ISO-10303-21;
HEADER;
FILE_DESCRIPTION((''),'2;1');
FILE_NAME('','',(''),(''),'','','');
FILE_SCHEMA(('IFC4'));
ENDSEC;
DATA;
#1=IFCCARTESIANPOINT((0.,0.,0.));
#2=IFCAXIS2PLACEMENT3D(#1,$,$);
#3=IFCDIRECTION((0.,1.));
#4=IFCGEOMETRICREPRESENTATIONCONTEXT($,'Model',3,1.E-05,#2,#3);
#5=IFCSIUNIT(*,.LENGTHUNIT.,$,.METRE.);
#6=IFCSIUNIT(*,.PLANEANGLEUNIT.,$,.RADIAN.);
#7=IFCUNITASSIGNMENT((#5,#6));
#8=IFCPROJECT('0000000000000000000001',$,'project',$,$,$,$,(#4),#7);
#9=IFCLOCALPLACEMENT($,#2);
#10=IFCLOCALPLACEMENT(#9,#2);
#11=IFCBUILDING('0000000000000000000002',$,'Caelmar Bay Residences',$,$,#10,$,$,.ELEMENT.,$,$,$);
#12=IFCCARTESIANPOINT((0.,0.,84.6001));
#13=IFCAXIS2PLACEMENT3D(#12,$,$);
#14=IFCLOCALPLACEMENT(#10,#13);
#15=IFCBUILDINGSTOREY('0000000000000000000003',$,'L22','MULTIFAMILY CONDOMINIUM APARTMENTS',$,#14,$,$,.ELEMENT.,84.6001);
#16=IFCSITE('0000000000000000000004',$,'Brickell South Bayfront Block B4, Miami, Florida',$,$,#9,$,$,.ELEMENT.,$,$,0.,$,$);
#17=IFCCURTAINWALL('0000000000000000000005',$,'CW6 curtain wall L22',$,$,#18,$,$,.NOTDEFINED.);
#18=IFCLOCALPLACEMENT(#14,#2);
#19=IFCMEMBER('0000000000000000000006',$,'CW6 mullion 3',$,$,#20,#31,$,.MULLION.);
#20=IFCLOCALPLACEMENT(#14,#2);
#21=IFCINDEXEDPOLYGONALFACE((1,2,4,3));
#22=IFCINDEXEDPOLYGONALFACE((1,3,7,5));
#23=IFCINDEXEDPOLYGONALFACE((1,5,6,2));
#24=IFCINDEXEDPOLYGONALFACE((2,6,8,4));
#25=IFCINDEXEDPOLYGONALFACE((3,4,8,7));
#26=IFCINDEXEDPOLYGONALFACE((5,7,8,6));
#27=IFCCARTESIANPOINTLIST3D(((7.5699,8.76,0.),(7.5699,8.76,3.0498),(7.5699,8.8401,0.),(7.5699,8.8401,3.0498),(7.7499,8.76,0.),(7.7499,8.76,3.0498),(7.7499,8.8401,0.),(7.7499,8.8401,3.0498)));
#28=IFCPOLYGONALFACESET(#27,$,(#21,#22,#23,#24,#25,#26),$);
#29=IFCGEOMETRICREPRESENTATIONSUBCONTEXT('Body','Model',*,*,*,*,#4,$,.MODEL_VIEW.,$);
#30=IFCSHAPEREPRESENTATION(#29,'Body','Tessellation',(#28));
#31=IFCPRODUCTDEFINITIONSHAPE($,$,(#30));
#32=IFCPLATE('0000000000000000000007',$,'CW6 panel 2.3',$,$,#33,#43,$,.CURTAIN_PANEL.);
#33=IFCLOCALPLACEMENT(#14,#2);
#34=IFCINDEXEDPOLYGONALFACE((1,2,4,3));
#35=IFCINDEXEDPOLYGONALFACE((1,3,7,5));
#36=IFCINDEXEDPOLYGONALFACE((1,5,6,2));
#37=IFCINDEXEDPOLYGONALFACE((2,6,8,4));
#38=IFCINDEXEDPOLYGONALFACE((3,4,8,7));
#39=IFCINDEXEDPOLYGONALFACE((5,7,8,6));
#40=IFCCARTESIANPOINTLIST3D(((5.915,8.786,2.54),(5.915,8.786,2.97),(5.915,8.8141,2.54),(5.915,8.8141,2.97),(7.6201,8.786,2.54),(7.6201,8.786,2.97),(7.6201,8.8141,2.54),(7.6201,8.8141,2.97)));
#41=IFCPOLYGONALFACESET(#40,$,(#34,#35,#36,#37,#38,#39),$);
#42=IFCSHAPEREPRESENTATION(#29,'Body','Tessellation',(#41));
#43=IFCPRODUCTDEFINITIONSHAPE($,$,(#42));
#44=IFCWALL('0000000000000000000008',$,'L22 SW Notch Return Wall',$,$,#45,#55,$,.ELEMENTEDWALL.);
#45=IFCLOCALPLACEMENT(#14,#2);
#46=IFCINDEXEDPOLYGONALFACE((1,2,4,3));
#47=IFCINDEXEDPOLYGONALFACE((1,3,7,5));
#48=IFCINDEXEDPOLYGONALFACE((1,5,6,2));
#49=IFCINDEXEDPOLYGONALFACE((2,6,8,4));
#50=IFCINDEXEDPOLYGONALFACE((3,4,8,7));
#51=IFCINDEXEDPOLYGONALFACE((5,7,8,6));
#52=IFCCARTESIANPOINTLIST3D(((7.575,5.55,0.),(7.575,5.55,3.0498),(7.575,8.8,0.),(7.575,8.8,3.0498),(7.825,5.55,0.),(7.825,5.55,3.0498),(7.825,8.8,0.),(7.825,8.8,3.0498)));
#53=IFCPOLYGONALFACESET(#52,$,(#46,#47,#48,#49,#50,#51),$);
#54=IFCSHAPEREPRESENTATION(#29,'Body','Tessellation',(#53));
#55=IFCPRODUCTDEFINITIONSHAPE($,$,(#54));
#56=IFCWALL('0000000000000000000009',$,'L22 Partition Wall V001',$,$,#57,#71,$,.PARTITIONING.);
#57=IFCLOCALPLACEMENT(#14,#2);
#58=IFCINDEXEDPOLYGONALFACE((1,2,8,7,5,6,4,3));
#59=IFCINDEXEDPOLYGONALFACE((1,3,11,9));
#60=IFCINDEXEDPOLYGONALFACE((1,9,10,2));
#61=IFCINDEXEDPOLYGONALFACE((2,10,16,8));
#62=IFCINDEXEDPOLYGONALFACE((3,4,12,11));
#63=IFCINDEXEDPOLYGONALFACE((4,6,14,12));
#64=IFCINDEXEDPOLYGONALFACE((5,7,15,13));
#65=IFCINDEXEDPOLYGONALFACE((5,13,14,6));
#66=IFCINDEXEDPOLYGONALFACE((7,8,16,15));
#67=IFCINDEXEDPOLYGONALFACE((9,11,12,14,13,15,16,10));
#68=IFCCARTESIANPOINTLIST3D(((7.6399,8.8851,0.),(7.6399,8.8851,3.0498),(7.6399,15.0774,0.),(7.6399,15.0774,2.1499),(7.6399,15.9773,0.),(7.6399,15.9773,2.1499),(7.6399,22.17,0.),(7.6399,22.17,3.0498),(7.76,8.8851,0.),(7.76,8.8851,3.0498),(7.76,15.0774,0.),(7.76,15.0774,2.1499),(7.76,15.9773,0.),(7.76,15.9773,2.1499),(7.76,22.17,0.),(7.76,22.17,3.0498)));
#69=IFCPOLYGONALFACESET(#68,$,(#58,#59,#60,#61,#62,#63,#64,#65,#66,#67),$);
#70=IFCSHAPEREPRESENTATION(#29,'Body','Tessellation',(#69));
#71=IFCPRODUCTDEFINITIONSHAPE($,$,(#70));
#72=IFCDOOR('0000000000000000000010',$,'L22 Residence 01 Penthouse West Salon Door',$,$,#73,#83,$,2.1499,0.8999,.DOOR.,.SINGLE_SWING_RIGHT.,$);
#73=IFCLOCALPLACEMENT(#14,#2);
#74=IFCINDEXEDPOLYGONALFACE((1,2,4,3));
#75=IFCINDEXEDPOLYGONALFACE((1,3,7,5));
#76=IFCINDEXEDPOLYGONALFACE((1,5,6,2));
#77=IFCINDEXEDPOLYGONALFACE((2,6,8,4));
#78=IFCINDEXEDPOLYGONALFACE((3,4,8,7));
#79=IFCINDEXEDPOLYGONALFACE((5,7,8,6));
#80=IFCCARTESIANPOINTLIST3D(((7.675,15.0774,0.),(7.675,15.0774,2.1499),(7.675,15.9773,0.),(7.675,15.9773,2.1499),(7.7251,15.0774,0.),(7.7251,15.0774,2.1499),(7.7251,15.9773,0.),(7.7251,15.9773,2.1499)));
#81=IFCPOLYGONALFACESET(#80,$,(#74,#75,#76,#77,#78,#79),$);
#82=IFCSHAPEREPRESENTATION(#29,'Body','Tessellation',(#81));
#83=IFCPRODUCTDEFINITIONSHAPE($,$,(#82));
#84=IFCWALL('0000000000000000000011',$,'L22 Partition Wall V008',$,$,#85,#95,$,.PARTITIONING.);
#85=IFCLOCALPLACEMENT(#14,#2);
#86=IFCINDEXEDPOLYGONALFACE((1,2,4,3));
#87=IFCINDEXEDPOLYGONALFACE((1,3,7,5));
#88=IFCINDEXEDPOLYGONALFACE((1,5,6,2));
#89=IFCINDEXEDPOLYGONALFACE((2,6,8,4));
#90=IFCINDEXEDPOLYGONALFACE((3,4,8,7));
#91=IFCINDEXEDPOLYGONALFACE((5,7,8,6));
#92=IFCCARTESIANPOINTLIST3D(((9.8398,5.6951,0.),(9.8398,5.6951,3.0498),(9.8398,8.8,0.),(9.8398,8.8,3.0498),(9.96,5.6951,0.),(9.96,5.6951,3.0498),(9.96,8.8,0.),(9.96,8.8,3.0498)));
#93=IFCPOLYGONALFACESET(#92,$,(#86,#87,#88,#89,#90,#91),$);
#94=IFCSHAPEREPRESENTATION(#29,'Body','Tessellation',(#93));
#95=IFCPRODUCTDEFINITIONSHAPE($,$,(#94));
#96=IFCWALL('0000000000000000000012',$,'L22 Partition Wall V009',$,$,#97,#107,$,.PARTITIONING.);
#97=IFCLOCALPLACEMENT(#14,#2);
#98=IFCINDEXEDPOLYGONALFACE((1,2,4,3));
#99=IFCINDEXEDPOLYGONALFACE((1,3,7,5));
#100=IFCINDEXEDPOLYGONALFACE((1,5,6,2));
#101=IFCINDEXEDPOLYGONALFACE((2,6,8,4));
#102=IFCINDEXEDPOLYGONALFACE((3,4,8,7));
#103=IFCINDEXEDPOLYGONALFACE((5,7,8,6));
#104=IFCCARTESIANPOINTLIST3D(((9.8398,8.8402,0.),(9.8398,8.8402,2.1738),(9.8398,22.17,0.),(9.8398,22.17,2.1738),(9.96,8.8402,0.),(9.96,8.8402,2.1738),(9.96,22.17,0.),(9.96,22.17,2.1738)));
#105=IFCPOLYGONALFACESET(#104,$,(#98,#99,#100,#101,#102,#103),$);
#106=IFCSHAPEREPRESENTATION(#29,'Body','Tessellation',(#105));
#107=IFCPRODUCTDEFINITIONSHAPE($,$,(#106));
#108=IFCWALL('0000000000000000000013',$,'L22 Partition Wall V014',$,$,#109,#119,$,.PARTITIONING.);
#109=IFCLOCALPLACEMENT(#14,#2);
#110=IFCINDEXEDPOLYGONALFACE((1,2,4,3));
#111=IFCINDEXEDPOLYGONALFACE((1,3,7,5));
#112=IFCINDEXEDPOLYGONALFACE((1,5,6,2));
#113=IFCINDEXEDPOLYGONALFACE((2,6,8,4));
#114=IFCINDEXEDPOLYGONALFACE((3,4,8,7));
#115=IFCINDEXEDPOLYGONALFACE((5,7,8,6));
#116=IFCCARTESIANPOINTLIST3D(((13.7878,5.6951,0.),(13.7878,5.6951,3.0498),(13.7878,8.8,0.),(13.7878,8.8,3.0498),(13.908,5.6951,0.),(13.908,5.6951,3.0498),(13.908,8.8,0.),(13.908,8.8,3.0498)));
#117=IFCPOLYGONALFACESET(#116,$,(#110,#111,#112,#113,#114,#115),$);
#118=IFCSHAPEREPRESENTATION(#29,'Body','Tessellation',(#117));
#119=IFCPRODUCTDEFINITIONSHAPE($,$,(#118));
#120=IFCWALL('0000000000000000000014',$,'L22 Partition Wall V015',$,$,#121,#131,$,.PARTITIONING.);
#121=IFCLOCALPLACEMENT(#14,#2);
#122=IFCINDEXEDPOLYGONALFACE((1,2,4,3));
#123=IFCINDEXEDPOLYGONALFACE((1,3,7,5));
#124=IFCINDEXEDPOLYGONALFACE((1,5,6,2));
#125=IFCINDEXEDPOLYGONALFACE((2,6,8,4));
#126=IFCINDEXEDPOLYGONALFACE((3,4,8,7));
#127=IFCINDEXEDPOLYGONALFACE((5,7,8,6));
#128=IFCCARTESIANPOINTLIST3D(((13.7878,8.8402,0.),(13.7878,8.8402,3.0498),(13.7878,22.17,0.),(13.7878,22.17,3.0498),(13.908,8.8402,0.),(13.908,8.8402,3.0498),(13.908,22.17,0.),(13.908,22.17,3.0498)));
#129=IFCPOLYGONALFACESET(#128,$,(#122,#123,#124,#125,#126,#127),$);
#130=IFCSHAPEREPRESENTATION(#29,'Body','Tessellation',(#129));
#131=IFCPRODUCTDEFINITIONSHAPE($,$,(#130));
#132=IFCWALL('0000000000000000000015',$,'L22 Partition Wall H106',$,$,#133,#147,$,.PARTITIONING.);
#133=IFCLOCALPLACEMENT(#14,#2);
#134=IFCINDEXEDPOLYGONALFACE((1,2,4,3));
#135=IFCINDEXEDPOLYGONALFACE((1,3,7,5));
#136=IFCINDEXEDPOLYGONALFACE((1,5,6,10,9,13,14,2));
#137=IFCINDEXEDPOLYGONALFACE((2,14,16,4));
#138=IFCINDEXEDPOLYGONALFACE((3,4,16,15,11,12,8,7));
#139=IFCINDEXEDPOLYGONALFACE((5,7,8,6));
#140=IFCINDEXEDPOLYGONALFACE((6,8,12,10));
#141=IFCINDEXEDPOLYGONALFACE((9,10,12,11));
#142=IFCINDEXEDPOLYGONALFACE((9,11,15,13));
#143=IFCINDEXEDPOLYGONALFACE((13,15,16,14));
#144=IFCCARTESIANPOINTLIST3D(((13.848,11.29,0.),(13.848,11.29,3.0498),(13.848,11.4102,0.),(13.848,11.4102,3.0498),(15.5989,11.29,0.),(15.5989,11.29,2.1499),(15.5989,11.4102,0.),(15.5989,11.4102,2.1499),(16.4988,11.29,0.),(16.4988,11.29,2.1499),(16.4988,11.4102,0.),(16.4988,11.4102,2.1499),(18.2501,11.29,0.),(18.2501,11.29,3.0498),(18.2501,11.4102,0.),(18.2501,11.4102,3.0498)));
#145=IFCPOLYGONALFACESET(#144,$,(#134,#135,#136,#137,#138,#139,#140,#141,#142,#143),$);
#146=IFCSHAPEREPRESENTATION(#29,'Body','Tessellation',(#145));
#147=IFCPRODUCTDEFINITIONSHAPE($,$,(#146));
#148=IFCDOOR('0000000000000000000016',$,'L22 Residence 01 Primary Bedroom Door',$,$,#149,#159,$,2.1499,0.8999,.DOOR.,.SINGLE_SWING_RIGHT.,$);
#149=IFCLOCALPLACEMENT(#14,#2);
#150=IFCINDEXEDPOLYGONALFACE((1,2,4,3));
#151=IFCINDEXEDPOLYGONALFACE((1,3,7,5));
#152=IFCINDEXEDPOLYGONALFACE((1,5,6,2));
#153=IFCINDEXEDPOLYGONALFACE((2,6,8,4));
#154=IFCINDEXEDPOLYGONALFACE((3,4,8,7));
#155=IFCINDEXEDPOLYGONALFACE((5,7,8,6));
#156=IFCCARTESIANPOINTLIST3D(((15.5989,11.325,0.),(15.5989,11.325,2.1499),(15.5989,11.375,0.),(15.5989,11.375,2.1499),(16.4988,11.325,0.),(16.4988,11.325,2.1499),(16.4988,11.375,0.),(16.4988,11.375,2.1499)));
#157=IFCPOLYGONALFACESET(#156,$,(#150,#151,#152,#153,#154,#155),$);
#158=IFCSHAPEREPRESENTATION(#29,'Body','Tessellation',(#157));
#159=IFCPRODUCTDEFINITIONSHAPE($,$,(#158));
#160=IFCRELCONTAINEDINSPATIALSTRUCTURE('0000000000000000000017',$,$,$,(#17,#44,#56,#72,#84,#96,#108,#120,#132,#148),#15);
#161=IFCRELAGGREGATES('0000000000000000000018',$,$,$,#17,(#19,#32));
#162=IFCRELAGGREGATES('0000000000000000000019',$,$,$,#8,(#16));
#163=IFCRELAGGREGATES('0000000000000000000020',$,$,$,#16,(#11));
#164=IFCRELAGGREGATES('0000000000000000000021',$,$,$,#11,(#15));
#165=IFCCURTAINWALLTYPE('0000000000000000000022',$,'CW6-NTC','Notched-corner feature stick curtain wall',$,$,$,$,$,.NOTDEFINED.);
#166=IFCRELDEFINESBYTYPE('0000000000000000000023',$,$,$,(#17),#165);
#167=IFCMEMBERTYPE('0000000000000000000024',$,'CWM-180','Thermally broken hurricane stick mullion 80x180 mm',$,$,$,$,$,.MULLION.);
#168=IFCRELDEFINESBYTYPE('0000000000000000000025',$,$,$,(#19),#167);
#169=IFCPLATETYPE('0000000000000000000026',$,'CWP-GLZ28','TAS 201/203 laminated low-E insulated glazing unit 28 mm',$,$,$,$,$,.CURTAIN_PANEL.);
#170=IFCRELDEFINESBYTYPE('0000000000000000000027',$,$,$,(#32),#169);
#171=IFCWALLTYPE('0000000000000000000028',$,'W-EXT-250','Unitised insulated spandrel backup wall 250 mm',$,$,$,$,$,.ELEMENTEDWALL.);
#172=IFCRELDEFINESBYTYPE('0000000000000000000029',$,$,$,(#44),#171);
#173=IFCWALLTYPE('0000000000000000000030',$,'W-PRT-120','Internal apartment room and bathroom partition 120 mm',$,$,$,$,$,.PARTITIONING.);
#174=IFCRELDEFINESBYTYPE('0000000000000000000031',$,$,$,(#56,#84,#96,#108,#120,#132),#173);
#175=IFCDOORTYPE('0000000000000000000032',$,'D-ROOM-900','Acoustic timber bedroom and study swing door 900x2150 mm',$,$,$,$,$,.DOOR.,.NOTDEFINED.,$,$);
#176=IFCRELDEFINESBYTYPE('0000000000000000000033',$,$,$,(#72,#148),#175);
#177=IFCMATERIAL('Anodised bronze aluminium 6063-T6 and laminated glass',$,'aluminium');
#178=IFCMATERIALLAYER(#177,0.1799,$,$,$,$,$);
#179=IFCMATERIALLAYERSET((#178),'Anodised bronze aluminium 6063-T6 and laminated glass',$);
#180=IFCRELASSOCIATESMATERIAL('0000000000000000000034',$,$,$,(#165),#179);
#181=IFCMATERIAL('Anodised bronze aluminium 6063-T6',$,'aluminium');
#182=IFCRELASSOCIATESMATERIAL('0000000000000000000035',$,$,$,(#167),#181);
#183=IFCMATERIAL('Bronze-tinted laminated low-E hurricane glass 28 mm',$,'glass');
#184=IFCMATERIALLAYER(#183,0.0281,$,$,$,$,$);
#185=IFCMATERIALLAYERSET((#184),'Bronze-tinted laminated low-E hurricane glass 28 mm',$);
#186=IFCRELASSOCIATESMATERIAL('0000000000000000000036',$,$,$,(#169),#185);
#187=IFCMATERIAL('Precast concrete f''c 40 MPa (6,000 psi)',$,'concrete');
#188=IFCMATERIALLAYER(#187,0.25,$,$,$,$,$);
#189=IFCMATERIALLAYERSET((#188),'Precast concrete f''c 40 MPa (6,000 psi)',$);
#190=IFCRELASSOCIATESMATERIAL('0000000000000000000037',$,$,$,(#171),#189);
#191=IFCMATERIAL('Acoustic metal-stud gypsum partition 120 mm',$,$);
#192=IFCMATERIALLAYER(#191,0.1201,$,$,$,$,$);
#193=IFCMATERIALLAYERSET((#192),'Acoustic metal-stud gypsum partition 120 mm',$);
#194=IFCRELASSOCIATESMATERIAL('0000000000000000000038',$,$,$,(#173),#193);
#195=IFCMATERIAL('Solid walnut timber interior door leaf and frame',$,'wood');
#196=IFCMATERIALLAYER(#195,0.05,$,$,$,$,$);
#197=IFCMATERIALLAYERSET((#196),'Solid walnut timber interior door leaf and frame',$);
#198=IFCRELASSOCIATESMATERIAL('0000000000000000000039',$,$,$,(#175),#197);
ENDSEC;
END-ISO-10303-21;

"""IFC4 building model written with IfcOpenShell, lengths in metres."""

from ifc_helpers import new_model, si_unit, direction, frame, frame_2d, origin, origin_2d, place, context, subcontext, project, spatial, rectangle, extrude, material, layer, layer_set, material_profile, profile_set, type_object, element, fill, aggregate, save


model = new_model("IFC4")

# Units and contexts
model_context = context("Model", 3, precision=1e-05, world=origin(), true_north=direction((0.0, 1.0)))
body_context = subcontext(model_context, "Body", "Model", "MODEL_VIEW")
ifc_project = project(units=[si_unit("LENGTHUNIT", "METRE"), si_unit("PLANEANGLEUNIT", "RADIAN")], contexts=[model_context])

# Site, building, storey
site_placement = place(None, origin())
site = spatial("IfcSite", under=ifc_project, at=site_placement, Name="Brickell South Bayfront Block B4, Miami, Florida", CompositionType="ELEMENT", RefElevation=0.0)
building_placement = place(site_placement, origin())
building = spatial("IfcBuilding", under=site, at=building_placement, Name="Caelmar Bay Residences", CompositionType="ELEMENT")
storey_placement = place(building_placement, frame((0.0, 0.0, 84.6001)))
storey = spatial("IfcBuildingStorey", under=building, at=storey_placement, Name="L22", Description="MULTIFAMILY CONDOMINIUM APARTMENTS", CompositionType="ELEMENT", Elevation=84.6001)

# Curtain wall, member, plate
ifc_material_1 = material(Name="Anodised bronze aluminium 6063-T6 and laminated glass", Category="aluminium")
ifc_layer_1 = layer(ifc_material_1, 0.1799)
ifc_layer_set_1 = layer_set([ifc_layer_1], Name="Anodised bronze aluminium 6063-T6 and laminated glass")
curtain_wall_type = type_object("IfcCurtainWallType", Name="CW6-NTC", Description="Notched-corner feature stick curtain wall", PredefinedType="NOTDEFINED", material=ifc_layer_set_1)
curtain_wall_placement = place(storey_placement, origin())
curtain_wall = element("IfcCurtainWall", 1, at=curtain_wall_placement, inside=storey, type_object=curtain_wall_type, Name="CW6 curtain wall L22", PredefinedType="NOTDEFINED")
ifc_material_2 = material(Name="Anodised bronze aluminium 6063-T6", Category="aluminium")
ifc_material_profile_1 = material_profile(ifc_material_2, rectangle(XDim=0.0801, YDim=0.1799, at=origin_2d()), Name="CWM-80X180")
ifc_profile_set_1 = profile_set([ifc_material_profile_1], Name="Anodised bronze aluminium 6063-T6")
member_type = type_object("IfcMemberType", Name="CWM-180", Description="Thermally broken hurricane stick mullion 80x180 mm", PredefinedType="MULLION", material=ifc_profile_set_1)
member_placement = place(storey_placement, frame((7.6599, 8.8, 0.0), z_axis=(0.0, 0.0, 1.0), x_axis=(0.0, 1.0, 0.0)))
member = element("IfcMember", 2, at=member_placement, type_object=member_type, Name="CW6 mullion 3", PredefinedType="MULLION", context=body_context, shape_type="SweptSolid", body=[
    extrude(rectangle(XDim=0.0801, YDim=0.1799, at=origin_2d()), origin(), (0.0, 0.0, 1.0), 3.0498),
])
ifc_material_3 = material(Name="Bronze-tinted laminated low-E hurricane glass 28 mm", Category="glass")
ifc_layer_2 = layer(ifc_material_3, 0.0281)
ifc_layer_set_2 = layer_set([ifc_layer_2], Name="Bronze-tinted laminated low-E hurricane glass 28 mm")
plate_type = type_object("IfcPlateType", Name="CWP-GLZ28", Description="TAS 201/203 laminated low-E insulated glazing unit 28 mm", PredefinedType="CURTAIN_PANEL", material=ifc_layer_set_2)
plate_placement = place(storey_placement, frame((6.7676, 8.8, 2.54), z_axis=(0.0, 0.0, 1.0), x_axis=(1.0, 0.0, 0.0)))
plate = element("IfcPlate", 3, at=plate_placement, type_object=plate_type, Name="CW6 panel 2.3", PredefinedType="CURTAIN_PANEL", context=body_context, shape_type="SweptSolid", body=[
    extrude(rectangle(XDim=1.7051, YDim=0.0281, at=origin_2d()), origin(), (0.0, 0.0, 1.0), 0.4299),
])
aggregate(curtain_wall, [member, plate])

# Wall
ifc_material_4 = material(Name="Precast concrete f'c 40 MPa (6,000 psi)", Category="concrete")
ifc_layer_3 = layer(ifc_material_4, 0.25)
ifc_layer_set_3 = layer_set([ifc_layer_3], Name="Precast concrete f'c 40 MPa (6,000 psi)")
wall_type_1 = type_object("IfcWallType", Name="W-EXT-250", Description="Unitised insulated spandrel backup wall 250 mm", PredefinedType="ELEMENTEDWALL", material=ifc_layer_set_3)
wall_1_placement = place(storey_placement, frame((7.7, 8.8, 0.0), z_axis=(0.0, 0.0, 1.0), x_axis=(0.0, -1.0, 0.0)))
element("IfcWall", 4, at=wall_1_placement, inside=storey, type_object=wall_type_1, Name="L22 SW Notch Return Wall", PredefinedType="ELEMENTEDWALL", context=body_context, shape_type="SweptSolid", body=[
    extrude(rectangle(XDim=3.25, YDim=0.25, at=frame_2d((1.625, 0.0))), origin(), (0.0, 0.0, 1.0), 3.0498),
])

# Wall, opening, door
ifc_material_5 = material(Name="Acoustic metal-stud gypsum partition 120 mm")
ifc_layer_4 = layer(ifc_material_5, 0.1201)
ifc_layer_set_4 = layer_set([ifc_layer_4], Name="Acoustic metal-stud gypsum partition 120 mm")
wall_type_2 = type_object("IfcWallType", Name="W-PRT-120", Description="Internal apartment room and bathroom partition 120 mm", PredefinedType="PARTITIONING", material=ifc_layer_set_4)
wall_2_placement = place(storey_placement, frame((7.7, 8.885, 0.0), z_axis=(0.0, 0.0, 1.0), x_axis=(0.0, 1.0, 0.0)))
wall_2 = element("IfcWall", 5, at=wall_2_placement, inside=storey, type_object=wall_type_2, Name="L22 Partition Wall V001", PredefinedType="PARTITIONING", context=body_context, shape_type="SweptSolid", body=[
    extrude(rectangle(XDim=13.2849, YDim=0.1201, at=frame_2d((6.6426, 0.0))), origin(), (0.0, 0.0, 1.0), 3.0498),
])
opening_1_placement = place(wall_2_placement, frame((6.1924, 0.0, 0.0)))
opening_1 = element("IfcOpeningElement", 6, at=opening_1_placement, cuts=wall_2, PredefinedType="OPENING", context=body_context, shape_type="SweptSolid", body=[
    extrude(rectangle(XDim=0.8999, YDim=2.1499, at=frame_2d((0.45, 1.075))), frame((0.0, 0.0701, 0.0), z_axis=(0.0, -1.0, 0.0), x_axis=(1.0, 0.0, 0.0)), (0.0, 0.0, 1.0), 0.1401),
])
ifc_material_6 = material(Name="Solid walnut timber interior door leaf and frame", Category="wood")
ifc_layer_5 = layer(ifc_material_6, 0.05)
ifc_layer_set_5 = layer_set([ifc_layer_5], Name="Solid walnut timber interior door leaf and frame")
door_type = type_object("IfcDoorType", Name="D-ROOM-900", Description="Acoustic timber bedroom and study swing door 900x2150 mm", OperationType="NOTDEFINED", PredefinedType="DOOR", material=ifc_layer_set_5)
door_1_placement = place(opening_1_placement, origin())
door_1 = element("IfcDoor", 7, at=door_1_placement, inside=storey, type_object=door_type, Name="L22 Residence 01 Penthouse West Salon Door", OperationType="SINGLE_SWING_RIGHT", OverallHeight=2.1499, OverallWidth=0.8999, PredefinedType="DOOR", context=body_context, shape_type="SweptSolid", body=[
    extrude(rectangle(XDim=0.8999, YDim=2.1499, at=frame_2d((0.45, 1.075))), frame((0.0, 0.0249, 0.0), z_axis=(0.0, -1.0, 0.0), x_axis=(1.0, 0.0, 0.0)), (0.0, 0.0, 1.0), 0.05),
])
fill(opening_1, door_1)

# Walls
wall_3_placement = place(storey_placement, frame((9.8999, 5.6951, 0.0), z_axis=(0.0, 0.0, 1.0), x_axis=(0.0, 1.0, 0.0)))
element("IfcWall", 8, at=wall_3_placement, inside=storey, type_object=wall_type_2, Name="L22 Partition Wall V008", PredefinedType="PARTITIONING", context=body_context, shape_type="SweptSolid", body=[
    extrude(rectangle(XDim=3.105, YDim=0.1201, at=frame_2d((1.5525, 0.0))), origin(), (0.0, 0.0, 1.0), 3.0498),
])
wall_4_placement = place(storey_placement, frame((9.8999, 8.8401, 0.0), z_axis=(0.0, 0.0, 1.0), x_axis=(0.0, 1.0, 0.0)))
element("IfcWall", 9, at=wall_4_placement, inside=storey, type_object=wall_type_2, Name="L22 Partition Wall V009", PredefinedType="PARTITIONING", context=body_context, shape_type="SweptSolid", body=[
    extrude(rectangle(XDim=13.3298, YDim=0.1201, at=frame_2d((6.665, 0.0))), origin(), (0.0, 0.0, 1.0), 2.1738),
])
wall_5_placement = place(storey_placement, frame((13.8479, 5.6951, 0.0), z_axis=(0.0, 0.0, 1.0), x_axis=(0.0, 1.0, 0.0)))
element("IfcWall", 10, at=wall_5_placement, inside=storey, type_object=wall_type_2, Name="L22 Partition Wall V014", PredefinedType="PARTITIONING", context=body_context, shape_type="SweptSolid", body=[
    extrude(rectangle(XDim=3.105, YDim=0.1201, at=frame_2d((1.5525, 0.0))), origin(), (0.0, 0.0, 1.0), 3.0498),
])
wall_6_placement = place(storey_placement, frame((13.8479, 8.8401, 0.0), z_axis=(0.0, 0.0, 1.0), x_axis=(0.0, 1.0, 0.0)))
element("IfcWall", 11, at=wall_6_placement, inside=storey, type_object=wall_type_2, Name="L22 Partition Wall V015", PredefinedType="PARTITIONING", context=body_context, shape_type="SweptSolid", body=[
    extrude(rectangle(XDim=13.3298, YDim=0.1201, at=frame_2d((6.665, 0.0))), origin(), (0.0, 0.0, 1.0), 3.0498),
])

# Wall, opening, door
wall_7_placement = place(storey_placement, frame((13.8479, 11.3501, 0.0), z_axis=(0.0, 0.0, 1.0), x_axis=(1.0, 0.0, 0.0)))
wall_7 = element("IfcWall", 12, at=wall_7_placement, inside=storey, type_object=wall_type_2, Name="L22 Partition Wall H106", PredefinedType="PARTITIONING", context=body_context, shape_type="SweptSolid", body=[
    extrude(rectangle(XDim=4.4021, YDim=0.1201, at=frame_2d((2.2012, 0.0))), origin(), (0.0, 0.0, 1.0), 3.0498),
])
opening_2_placement = place(wall_7_placement, frame((1.751, 0.0, 0.0)))
opening_2 = element("IfcOpeningElement", 13, at=opening_2_placement, cuts=wall_7, PredefinedType="OPENING", context=body_context, shape_type="SweptSolid", body=[
    extrude(rectangle(XDim=0.8999, YDim=2.1499, at=frame_2d((0.45, 1.075))), frame((0.0, 0.0701, 0.0), z_axis=(0.0, -1.0, 0.0), x_axis=(1.0, 0.0, 0.0)), (0.0, 0.0, 1.0), 0.1401),
])
door_2_placement = place(opening_2_placement, origin())
door_2 = element("IfcDoor", 14, at=door_2_placement, inside=storey, type_object=door_type, Name="L22 Residence 01 Primary Bedroom Door", OperationType="SINGLE_SWING_RIGHT", OverallHeight=2.1499, OverallWidth=0.8999, PredefinedType="DOOR", context=body_context, shape_type="SweptSolid", body=[
    extrude(rectangle(XDim=0.8999, YDim=2.1499, at=frame_2d((0.45, 1.075))), frame((0.0, 0.0249, 0.0), z_axis=(0.0, -1.0, 0.0), x_axis=(1.0, 0.0, 0.0)), (0.0, 0.0, 1.0), 0.05),
])
fill(opening_2, door_2)

save(model, "model.ifc")
